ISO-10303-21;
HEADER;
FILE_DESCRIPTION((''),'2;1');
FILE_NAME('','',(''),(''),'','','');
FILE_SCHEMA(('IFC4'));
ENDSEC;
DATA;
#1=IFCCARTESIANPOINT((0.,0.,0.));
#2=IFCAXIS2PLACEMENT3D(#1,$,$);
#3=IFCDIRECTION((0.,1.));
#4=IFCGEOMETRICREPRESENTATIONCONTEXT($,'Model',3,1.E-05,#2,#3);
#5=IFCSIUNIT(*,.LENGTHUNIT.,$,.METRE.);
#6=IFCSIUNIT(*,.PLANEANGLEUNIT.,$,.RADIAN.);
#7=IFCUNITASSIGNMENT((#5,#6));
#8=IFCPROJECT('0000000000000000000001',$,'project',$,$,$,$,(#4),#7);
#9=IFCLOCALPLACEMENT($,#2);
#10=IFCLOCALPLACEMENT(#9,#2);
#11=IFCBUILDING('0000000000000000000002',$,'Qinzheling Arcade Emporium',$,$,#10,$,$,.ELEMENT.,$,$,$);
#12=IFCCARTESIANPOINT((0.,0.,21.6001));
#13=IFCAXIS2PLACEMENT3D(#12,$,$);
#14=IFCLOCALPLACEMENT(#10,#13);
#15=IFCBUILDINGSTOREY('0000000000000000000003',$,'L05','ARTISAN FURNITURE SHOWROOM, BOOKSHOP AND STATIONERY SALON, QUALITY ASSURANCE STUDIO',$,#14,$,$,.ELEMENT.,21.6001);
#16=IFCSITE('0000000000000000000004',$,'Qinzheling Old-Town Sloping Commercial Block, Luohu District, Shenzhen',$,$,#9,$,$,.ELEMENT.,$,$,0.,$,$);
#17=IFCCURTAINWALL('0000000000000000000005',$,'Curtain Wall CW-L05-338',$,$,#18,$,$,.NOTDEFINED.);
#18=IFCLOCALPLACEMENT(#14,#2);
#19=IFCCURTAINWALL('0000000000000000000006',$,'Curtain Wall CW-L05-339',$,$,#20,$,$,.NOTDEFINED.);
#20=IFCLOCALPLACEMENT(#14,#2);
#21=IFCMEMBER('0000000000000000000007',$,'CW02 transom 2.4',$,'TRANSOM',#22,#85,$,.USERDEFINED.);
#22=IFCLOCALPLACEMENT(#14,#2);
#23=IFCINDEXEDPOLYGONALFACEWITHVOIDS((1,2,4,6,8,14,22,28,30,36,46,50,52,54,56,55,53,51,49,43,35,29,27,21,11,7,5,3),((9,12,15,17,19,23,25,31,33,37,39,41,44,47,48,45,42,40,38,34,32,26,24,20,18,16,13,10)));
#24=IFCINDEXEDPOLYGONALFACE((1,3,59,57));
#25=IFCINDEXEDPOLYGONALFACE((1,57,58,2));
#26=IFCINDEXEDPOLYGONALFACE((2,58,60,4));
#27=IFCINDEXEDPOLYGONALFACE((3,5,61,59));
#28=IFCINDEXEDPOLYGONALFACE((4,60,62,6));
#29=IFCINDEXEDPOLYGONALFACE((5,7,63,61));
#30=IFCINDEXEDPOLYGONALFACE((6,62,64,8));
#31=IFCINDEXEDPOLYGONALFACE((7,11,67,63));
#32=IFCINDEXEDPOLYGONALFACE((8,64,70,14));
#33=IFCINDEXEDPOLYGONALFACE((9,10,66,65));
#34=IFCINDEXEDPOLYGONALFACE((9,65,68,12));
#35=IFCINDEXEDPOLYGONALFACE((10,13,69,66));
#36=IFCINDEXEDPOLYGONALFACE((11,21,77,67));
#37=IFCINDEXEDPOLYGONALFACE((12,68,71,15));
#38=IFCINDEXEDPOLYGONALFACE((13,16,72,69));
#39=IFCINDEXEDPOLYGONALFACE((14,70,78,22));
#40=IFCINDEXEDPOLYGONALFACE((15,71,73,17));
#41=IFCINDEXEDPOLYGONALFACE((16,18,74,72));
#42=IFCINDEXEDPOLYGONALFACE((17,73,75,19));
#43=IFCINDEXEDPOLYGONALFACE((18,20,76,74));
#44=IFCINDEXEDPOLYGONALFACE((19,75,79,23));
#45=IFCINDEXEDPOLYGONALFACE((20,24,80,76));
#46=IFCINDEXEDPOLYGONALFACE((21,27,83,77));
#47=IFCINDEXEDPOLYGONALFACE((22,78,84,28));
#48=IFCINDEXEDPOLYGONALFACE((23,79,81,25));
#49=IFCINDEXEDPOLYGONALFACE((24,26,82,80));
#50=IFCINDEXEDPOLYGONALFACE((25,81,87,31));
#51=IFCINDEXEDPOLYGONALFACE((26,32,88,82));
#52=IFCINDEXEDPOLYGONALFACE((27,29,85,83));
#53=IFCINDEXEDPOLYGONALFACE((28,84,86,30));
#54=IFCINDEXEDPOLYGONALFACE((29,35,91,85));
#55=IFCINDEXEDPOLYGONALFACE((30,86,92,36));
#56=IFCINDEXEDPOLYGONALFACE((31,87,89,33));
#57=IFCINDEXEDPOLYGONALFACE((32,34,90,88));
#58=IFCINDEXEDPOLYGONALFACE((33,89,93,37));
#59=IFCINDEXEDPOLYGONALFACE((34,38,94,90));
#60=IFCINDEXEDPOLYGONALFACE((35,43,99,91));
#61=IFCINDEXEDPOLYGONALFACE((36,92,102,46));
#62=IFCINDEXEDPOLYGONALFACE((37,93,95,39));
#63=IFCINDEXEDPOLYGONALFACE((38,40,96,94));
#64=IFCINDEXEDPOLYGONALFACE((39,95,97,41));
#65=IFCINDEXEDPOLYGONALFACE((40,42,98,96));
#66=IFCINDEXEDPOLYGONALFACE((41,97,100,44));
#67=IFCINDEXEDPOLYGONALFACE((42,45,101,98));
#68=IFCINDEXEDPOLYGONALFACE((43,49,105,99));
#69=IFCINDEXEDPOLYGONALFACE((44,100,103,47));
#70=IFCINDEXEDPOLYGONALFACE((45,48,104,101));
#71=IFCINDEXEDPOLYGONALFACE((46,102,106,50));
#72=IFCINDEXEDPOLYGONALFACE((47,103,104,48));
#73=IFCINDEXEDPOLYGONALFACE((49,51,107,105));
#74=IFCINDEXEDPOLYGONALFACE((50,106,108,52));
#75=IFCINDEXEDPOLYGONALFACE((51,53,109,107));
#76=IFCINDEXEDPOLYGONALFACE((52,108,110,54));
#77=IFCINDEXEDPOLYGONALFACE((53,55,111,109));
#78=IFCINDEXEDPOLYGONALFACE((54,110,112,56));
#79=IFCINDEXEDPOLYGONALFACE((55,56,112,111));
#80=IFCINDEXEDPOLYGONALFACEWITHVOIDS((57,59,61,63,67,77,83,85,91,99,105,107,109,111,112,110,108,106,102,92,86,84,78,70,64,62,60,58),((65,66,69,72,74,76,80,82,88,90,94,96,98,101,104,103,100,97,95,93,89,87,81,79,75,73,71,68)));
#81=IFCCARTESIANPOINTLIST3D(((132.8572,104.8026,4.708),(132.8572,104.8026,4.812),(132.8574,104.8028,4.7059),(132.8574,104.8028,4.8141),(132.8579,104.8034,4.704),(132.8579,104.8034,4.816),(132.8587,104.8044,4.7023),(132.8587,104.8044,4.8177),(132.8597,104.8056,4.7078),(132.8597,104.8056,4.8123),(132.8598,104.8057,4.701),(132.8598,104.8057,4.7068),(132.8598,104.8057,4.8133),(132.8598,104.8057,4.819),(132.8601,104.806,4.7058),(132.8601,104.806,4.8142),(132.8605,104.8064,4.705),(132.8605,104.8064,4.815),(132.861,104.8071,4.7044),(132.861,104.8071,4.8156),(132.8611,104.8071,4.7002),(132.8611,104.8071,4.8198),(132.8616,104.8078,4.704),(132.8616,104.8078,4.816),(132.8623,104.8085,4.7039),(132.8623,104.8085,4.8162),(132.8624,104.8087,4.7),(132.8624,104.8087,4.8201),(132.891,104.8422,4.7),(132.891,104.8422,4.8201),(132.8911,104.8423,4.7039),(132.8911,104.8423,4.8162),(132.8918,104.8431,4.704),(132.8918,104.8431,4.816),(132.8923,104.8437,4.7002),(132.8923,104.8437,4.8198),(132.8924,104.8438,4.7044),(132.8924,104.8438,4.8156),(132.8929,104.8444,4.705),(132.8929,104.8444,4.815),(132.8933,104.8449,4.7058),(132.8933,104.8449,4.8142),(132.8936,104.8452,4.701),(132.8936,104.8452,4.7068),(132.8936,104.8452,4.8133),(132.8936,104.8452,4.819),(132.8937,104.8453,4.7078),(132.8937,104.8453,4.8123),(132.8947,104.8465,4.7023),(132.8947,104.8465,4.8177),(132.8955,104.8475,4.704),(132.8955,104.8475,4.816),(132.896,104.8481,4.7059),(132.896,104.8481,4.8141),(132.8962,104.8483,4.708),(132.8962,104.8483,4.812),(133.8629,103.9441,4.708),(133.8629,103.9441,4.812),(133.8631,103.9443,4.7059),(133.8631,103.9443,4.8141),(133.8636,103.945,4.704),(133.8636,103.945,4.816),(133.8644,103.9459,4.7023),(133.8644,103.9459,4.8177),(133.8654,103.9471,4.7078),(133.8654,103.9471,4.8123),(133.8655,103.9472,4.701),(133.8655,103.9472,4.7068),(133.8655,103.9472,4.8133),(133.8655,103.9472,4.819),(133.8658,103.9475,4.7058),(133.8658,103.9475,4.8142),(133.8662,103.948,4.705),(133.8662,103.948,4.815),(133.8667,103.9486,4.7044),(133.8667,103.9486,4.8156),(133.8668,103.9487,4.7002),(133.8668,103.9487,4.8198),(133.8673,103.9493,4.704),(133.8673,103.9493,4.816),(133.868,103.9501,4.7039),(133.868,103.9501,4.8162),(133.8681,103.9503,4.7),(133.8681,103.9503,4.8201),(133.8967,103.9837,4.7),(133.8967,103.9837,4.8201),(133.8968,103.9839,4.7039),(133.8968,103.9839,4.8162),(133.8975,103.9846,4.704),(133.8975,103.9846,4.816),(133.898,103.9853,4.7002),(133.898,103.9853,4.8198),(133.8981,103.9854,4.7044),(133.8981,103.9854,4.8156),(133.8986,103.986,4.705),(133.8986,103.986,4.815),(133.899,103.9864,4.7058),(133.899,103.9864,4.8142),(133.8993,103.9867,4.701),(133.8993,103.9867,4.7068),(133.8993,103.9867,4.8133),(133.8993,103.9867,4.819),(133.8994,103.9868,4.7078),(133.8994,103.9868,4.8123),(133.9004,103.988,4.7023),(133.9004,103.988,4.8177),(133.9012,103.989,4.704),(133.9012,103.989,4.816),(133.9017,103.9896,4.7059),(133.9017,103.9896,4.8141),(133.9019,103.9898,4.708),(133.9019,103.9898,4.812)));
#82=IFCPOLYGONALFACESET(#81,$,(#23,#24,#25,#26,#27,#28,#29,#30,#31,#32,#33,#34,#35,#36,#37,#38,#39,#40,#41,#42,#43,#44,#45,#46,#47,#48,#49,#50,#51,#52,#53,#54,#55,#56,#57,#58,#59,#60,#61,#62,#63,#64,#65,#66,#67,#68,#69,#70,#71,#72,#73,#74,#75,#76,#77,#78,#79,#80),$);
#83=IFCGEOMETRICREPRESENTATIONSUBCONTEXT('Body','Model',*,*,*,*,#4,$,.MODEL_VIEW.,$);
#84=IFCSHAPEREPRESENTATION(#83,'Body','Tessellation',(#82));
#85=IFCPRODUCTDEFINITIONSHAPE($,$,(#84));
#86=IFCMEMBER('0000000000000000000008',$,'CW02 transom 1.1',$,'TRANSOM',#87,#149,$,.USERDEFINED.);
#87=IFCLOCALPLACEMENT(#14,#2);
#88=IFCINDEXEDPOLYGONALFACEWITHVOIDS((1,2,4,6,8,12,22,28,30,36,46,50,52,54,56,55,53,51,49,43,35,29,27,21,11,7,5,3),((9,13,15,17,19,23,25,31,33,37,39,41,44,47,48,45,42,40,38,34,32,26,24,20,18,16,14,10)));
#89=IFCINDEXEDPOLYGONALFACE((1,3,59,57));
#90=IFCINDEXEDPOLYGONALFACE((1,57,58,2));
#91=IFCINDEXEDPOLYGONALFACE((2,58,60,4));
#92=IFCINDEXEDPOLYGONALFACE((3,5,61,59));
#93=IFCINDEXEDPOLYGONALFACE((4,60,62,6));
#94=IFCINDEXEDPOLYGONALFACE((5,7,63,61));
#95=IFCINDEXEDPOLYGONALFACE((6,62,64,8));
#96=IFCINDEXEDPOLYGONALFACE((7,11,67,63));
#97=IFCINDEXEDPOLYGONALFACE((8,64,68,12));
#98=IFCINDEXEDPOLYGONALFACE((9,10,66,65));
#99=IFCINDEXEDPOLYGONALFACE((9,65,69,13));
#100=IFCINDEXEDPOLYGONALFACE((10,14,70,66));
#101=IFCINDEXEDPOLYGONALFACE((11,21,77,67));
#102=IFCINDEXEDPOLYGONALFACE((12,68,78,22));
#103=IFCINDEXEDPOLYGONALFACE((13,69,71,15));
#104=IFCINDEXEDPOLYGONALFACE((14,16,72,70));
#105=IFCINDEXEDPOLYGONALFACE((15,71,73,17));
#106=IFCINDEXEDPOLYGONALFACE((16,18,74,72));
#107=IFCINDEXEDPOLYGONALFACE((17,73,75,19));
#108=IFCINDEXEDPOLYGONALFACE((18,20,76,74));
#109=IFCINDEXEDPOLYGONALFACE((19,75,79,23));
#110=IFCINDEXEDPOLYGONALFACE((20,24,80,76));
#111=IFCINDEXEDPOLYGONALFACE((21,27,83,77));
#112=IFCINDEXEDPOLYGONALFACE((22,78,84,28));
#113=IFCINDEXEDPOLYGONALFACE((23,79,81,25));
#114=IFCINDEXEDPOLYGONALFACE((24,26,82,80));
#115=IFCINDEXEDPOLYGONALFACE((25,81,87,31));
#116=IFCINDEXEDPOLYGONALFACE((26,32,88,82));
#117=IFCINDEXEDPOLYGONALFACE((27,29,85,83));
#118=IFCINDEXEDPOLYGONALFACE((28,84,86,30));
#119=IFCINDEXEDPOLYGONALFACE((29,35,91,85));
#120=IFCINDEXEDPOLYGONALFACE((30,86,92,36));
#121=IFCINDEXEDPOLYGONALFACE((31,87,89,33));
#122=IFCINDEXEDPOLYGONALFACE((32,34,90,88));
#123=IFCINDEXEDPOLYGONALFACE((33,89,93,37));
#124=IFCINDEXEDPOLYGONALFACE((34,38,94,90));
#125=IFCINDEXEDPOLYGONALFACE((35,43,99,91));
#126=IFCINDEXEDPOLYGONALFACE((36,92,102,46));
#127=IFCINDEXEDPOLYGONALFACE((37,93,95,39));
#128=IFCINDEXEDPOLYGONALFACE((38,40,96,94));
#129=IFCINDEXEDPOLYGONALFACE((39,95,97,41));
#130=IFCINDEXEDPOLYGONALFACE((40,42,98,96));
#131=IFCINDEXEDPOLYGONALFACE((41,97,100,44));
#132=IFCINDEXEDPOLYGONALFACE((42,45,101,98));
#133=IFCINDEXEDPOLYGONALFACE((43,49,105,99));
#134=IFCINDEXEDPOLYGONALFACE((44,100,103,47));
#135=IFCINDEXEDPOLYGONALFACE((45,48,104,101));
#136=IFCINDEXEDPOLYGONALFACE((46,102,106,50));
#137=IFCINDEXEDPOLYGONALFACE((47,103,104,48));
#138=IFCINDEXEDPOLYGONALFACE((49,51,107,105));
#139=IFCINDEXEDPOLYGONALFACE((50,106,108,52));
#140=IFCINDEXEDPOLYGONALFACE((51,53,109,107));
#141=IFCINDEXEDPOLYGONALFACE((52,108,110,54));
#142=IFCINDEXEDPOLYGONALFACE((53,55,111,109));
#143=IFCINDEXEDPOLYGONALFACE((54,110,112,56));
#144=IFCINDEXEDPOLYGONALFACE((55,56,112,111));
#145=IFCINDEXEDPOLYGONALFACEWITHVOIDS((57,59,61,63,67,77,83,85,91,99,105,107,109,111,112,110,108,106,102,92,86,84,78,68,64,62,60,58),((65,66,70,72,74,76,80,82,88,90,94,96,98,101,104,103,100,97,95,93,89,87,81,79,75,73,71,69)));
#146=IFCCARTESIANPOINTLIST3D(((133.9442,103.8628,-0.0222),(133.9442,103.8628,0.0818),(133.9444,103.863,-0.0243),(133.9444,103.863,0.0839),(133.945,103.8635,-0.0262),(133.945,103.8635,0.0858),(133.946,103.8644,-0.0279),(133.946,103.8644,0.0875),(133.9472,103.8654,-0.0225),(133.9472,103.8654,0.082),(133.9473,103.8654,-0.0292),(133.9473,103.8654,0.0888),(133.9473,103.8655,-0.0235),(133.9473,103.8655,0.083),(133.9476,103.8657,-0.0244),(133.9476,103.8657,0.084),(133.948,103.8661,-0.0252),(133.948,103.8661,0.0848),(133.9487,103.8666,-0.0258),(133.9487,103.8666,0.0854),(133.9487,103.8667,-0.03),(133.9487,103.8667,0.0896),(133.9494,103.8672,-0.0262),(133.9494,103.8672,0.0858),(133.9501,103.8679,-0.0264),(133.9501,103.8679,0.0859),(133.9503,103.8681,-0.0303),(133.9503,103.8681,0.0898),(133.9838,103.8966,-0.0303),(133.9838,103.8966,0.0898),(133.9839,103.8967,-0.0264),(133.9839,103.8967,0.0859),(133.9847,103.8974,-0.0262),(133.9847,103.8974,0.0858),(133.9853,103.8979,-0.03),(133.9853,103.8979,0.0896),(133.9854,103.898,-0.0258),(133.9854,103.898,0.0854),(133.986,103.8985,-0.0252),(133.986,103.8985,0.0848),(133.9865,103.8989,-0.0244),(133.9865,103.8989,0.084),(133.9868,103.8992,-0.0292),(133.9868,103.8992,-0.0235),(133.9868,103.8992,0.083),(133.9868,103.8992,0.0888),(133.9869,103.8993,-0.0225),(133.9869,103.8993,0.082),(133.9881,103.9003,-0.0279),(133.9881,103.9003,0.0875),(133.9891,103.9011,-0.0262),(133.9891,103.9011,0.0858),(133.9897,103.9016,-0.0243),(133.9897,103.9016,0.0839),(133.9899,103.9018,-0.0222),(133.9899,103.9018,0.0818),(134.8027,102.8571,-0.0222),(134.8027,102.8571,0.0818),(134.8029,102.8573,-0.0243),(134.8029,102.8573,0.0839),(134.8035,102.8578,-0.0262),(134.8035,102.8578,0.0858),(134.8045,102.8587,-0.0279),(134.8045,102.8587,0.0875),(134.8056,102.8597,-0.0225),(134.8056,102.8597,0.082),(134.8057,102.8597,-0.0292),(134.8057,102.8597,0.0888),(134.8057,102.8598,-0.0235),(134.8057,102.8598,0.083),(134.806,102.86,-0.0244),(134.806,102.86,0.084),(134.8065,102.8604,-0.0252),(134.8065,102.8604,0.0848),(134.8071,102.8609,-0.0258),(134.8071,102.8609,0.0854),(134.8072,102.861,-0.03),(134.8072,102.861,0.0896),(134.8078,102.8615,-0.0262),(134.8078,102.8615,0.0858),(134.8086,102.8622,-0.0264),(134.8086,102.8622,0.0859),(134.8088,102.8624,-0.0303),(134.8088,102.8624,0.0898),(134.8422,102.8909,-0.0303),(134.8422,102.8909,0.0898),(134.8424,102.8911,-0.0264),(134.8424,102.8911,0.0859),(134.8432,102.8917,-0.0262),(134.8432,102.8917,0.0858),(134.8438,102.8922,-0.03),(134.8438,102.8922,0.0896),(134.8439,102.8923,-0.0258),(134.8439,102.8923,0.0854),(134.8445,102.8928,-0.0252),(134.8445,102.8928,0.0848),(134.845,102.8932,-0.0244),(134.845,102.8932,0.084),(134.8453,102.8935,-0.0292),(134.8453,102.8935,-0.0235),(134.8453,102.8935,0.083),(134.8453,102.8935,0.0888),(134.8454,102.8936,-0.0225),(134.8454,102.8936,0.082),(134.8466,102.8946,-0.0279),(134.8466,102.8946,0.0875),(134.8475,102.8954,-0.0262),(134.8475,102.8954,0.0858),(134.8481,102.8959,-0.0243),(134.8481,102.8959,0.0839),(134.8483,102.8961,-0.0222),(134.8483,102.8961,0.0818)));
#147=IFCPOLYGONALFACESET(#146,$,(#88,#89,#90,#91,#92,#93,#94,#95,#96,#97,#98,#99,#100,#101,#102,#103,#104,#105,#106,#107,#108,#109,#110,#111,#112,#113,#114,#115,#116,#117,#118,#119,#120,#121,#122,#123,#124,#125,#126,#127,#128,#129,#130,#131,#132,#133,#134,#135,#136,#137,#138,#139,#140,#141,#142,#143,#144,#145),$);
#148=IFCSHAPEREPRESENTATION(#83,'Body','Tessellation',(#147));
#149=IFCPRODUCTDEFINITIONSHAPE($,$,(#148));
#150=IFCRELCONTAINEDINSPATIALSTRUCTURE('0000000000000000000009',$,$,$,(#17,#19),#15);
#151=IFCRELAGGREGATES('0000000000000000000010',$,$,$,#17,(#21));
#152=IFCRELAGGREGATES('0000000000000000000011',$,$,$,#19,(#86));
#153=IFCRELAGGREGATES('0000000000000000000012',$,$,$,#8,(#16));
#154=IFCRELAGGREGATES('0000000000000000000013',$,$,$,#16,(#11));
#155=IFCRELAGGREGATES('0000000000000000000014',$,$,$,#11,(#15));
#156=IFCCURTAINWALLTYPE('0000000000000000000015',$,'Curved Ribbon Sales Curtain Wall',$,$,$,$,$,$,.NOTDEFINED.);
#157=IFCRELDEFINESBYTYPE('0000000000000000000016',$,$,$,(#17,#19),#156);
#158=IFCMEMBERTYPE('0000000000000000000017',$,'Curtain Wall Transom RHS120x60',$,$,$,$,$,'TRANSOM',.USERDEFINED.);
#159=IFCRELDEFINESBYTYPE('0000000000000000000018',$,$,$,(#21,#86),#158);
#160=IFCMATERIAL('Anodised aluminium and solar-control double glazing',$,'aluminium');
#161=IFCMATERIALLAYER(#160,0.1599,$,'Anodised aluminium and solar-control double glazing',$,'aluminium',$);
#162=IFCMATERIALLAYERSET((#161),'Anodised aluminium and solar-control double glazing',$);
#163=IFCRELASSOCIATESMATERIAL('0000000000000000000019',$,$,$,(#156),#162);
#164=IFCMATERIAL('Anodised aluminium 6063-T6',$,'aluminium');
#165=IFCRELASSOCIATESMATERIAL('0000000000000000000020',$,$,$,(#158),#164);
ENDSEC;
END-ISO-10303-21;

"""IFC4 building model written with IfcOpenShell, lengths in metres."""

from ifc_helpers import new_model, si_unit, direction, frame, origin, origin_2d, place, context, subcontext, project, spatial, hollow_rectangle, extrude, material, layer, layer_set, material_profile, profile_set, type_object, element, aggregate, save


model = new_model("IFC4")

# Units and contexts
model_context = context("Model", 3, precision=1e-05, world=origin(), true_north=direction((0.0, 1.0)))
body_context = subcontext(model_context, "Body", "Model", "MODEL_VIEW")
ifc_project = project(units=[si_unit("LENGTHUNIT", "METRE"), si_unit("PLANEANGLEUNIT", "RADIAN")], contexts=[model_context])

# Site, building, storey
site_placement = place(None, origin())
site = spatial("IfcSite", under=ifc_project, at=site_placement, Name="Qinzheling Old-Town Sloping Commercial Block, Luohu District, Shenzhen", CompositionType="ELEMENT", RefElevation=0.0)
building_placement = place(site_placement, origin())
building = spatial("IfcBuilding", under=site, at=building_placement, Name="Qinzheling Arcade Emporium", CompositionType="ELEMENT")
storey_placement = place(building_placement, frame((0.0, 0.0, 21.6001)))
storey = spatial("IfcBuildingStorey", under=building, at=storey_placement, Name="L05", Description="ARTISAN FURNITURE SHOWROOM, BOOKSHOP AND STATIONERY SALON, QUALITY ASSURANCE STUDIO", CompositionType="ELEMENT", Elevation=21.6001)

# Shared definitions
ifc_material_1 = material(Name="Anodised aluminium and solar-control double glazing", Category="aluminium")
ifc_layer_1 = layer(ifc_material_1, 0.1599, Name="Anodised aluminium and solar-control double glazing", Category="aluminium")
ifc_layer_set_1 = layer_set([ifc_layer_1], Name="Anodised aluminium and solar-control double glazing")
curtain_wall_type = type_object("IfcCurtainWallType", Name="Curved Ribbon Sales Curtain Wall", PredefinedType="NOTDEFINED", material=ifc_layer_set_1)
ifc_material_2 = material(Name="Anodised aluminium 6063-T6", Category="aluminium")

# Curtain walls
curtain_wall_1_placement = place(storey_placement, origin())
curtain_wall_1 = element("IfcCurtainWall", 1, at=curtain_wall_1_placement, inside=storey, type_object=curtain_wall_type, Name="Curtain Wall CW-L05-338", PredefinedType="NOTDEFINED")
curtain_wall_2_placement = place(storey_placement, origin())
curtain_wall_2 = element("IfcCurtainWall", 2, at=curtain_wall_2_placement, inside=storey, type_object=curtain_wall_type, Name="Curtain Wall CW-L05-339", PredefinedType="NOTDEFINED")

# Members
ifc_material_profile_1 = material_profile(ifc_material_2, hollow_rectangle(XDim=0.0601, YDim=0.1201, WallThickness=0.0039, InnerFilletRadius=0.0039, OuterFilletRadius=0.0081, at=origin_2d()), Name="RHS 120x60x4", Category="aluminium")
ifc_profile_set_1 = profile_set([ifc_material_profile_1], Name="Anodised aluminium 6063-T6")
member_type_1 = type_object("IfcMemberType", Name="Curtain Wall Transom RHS120x60", ElementType="TRANSOM", PredefinedType="USERDEFINED", material=ifc_profile_set_1)
member_1_placement = place(storey_placement, frame((132.8767, 104.8254, 4.76), z_axis=(0.760585, -0.649239, 0.0), x_axis=(0.649239, 0.760585, 0.0)))
member_1 = element("IfcMember", 3, at=member_1_placement, type_object=member_type_1, Name="CW02 transom 2.4", ObjectType="TRANSOM", PredefinedType="USERDEFINED", context=body_context, shape_type="SweptSolid", body=[
    extrude(hollow_rectangle(XDim=0.0601, YDim=0.1201, WallThickness=0.0039, InnerFilletRadius=0.0039, OuterFilletRadius=0.0081, at=origin_2d()), origin(), (0.0, 0.0, 1.0), 1.3223),
])
member_2_placement = place(storey_placement, frame((133.967, 103.8823, 0.0298), z_axis=(0.649239, -0.760585, 0.0), x_axis=(0.760585, 0.649239, 0.0)))
member_2 = element("IfcMember", 4, at=member_2_placement, type_object=member_type_1, Name="CW02 transom 1.1", ObjectType="TRANSOM", PredefinedType="USERDEFINED", context=body_context, shape_type="SweptSolid", body=[
    extrude(hollow_rectangle(XDim=0.0601, YDim=0.1201, WallThickness=0.0039, InnerFilletRadius=0.0039, OuterFilletRadius=0.0081, at=origin_2d()), origin(), (0.0, 0.0, 1.0), 1.3223),
])

aggregate(curtain_wall_1, [member_1])
aggregate(curtain_wall_2, [member_2])

save(model, "model.ifc")
